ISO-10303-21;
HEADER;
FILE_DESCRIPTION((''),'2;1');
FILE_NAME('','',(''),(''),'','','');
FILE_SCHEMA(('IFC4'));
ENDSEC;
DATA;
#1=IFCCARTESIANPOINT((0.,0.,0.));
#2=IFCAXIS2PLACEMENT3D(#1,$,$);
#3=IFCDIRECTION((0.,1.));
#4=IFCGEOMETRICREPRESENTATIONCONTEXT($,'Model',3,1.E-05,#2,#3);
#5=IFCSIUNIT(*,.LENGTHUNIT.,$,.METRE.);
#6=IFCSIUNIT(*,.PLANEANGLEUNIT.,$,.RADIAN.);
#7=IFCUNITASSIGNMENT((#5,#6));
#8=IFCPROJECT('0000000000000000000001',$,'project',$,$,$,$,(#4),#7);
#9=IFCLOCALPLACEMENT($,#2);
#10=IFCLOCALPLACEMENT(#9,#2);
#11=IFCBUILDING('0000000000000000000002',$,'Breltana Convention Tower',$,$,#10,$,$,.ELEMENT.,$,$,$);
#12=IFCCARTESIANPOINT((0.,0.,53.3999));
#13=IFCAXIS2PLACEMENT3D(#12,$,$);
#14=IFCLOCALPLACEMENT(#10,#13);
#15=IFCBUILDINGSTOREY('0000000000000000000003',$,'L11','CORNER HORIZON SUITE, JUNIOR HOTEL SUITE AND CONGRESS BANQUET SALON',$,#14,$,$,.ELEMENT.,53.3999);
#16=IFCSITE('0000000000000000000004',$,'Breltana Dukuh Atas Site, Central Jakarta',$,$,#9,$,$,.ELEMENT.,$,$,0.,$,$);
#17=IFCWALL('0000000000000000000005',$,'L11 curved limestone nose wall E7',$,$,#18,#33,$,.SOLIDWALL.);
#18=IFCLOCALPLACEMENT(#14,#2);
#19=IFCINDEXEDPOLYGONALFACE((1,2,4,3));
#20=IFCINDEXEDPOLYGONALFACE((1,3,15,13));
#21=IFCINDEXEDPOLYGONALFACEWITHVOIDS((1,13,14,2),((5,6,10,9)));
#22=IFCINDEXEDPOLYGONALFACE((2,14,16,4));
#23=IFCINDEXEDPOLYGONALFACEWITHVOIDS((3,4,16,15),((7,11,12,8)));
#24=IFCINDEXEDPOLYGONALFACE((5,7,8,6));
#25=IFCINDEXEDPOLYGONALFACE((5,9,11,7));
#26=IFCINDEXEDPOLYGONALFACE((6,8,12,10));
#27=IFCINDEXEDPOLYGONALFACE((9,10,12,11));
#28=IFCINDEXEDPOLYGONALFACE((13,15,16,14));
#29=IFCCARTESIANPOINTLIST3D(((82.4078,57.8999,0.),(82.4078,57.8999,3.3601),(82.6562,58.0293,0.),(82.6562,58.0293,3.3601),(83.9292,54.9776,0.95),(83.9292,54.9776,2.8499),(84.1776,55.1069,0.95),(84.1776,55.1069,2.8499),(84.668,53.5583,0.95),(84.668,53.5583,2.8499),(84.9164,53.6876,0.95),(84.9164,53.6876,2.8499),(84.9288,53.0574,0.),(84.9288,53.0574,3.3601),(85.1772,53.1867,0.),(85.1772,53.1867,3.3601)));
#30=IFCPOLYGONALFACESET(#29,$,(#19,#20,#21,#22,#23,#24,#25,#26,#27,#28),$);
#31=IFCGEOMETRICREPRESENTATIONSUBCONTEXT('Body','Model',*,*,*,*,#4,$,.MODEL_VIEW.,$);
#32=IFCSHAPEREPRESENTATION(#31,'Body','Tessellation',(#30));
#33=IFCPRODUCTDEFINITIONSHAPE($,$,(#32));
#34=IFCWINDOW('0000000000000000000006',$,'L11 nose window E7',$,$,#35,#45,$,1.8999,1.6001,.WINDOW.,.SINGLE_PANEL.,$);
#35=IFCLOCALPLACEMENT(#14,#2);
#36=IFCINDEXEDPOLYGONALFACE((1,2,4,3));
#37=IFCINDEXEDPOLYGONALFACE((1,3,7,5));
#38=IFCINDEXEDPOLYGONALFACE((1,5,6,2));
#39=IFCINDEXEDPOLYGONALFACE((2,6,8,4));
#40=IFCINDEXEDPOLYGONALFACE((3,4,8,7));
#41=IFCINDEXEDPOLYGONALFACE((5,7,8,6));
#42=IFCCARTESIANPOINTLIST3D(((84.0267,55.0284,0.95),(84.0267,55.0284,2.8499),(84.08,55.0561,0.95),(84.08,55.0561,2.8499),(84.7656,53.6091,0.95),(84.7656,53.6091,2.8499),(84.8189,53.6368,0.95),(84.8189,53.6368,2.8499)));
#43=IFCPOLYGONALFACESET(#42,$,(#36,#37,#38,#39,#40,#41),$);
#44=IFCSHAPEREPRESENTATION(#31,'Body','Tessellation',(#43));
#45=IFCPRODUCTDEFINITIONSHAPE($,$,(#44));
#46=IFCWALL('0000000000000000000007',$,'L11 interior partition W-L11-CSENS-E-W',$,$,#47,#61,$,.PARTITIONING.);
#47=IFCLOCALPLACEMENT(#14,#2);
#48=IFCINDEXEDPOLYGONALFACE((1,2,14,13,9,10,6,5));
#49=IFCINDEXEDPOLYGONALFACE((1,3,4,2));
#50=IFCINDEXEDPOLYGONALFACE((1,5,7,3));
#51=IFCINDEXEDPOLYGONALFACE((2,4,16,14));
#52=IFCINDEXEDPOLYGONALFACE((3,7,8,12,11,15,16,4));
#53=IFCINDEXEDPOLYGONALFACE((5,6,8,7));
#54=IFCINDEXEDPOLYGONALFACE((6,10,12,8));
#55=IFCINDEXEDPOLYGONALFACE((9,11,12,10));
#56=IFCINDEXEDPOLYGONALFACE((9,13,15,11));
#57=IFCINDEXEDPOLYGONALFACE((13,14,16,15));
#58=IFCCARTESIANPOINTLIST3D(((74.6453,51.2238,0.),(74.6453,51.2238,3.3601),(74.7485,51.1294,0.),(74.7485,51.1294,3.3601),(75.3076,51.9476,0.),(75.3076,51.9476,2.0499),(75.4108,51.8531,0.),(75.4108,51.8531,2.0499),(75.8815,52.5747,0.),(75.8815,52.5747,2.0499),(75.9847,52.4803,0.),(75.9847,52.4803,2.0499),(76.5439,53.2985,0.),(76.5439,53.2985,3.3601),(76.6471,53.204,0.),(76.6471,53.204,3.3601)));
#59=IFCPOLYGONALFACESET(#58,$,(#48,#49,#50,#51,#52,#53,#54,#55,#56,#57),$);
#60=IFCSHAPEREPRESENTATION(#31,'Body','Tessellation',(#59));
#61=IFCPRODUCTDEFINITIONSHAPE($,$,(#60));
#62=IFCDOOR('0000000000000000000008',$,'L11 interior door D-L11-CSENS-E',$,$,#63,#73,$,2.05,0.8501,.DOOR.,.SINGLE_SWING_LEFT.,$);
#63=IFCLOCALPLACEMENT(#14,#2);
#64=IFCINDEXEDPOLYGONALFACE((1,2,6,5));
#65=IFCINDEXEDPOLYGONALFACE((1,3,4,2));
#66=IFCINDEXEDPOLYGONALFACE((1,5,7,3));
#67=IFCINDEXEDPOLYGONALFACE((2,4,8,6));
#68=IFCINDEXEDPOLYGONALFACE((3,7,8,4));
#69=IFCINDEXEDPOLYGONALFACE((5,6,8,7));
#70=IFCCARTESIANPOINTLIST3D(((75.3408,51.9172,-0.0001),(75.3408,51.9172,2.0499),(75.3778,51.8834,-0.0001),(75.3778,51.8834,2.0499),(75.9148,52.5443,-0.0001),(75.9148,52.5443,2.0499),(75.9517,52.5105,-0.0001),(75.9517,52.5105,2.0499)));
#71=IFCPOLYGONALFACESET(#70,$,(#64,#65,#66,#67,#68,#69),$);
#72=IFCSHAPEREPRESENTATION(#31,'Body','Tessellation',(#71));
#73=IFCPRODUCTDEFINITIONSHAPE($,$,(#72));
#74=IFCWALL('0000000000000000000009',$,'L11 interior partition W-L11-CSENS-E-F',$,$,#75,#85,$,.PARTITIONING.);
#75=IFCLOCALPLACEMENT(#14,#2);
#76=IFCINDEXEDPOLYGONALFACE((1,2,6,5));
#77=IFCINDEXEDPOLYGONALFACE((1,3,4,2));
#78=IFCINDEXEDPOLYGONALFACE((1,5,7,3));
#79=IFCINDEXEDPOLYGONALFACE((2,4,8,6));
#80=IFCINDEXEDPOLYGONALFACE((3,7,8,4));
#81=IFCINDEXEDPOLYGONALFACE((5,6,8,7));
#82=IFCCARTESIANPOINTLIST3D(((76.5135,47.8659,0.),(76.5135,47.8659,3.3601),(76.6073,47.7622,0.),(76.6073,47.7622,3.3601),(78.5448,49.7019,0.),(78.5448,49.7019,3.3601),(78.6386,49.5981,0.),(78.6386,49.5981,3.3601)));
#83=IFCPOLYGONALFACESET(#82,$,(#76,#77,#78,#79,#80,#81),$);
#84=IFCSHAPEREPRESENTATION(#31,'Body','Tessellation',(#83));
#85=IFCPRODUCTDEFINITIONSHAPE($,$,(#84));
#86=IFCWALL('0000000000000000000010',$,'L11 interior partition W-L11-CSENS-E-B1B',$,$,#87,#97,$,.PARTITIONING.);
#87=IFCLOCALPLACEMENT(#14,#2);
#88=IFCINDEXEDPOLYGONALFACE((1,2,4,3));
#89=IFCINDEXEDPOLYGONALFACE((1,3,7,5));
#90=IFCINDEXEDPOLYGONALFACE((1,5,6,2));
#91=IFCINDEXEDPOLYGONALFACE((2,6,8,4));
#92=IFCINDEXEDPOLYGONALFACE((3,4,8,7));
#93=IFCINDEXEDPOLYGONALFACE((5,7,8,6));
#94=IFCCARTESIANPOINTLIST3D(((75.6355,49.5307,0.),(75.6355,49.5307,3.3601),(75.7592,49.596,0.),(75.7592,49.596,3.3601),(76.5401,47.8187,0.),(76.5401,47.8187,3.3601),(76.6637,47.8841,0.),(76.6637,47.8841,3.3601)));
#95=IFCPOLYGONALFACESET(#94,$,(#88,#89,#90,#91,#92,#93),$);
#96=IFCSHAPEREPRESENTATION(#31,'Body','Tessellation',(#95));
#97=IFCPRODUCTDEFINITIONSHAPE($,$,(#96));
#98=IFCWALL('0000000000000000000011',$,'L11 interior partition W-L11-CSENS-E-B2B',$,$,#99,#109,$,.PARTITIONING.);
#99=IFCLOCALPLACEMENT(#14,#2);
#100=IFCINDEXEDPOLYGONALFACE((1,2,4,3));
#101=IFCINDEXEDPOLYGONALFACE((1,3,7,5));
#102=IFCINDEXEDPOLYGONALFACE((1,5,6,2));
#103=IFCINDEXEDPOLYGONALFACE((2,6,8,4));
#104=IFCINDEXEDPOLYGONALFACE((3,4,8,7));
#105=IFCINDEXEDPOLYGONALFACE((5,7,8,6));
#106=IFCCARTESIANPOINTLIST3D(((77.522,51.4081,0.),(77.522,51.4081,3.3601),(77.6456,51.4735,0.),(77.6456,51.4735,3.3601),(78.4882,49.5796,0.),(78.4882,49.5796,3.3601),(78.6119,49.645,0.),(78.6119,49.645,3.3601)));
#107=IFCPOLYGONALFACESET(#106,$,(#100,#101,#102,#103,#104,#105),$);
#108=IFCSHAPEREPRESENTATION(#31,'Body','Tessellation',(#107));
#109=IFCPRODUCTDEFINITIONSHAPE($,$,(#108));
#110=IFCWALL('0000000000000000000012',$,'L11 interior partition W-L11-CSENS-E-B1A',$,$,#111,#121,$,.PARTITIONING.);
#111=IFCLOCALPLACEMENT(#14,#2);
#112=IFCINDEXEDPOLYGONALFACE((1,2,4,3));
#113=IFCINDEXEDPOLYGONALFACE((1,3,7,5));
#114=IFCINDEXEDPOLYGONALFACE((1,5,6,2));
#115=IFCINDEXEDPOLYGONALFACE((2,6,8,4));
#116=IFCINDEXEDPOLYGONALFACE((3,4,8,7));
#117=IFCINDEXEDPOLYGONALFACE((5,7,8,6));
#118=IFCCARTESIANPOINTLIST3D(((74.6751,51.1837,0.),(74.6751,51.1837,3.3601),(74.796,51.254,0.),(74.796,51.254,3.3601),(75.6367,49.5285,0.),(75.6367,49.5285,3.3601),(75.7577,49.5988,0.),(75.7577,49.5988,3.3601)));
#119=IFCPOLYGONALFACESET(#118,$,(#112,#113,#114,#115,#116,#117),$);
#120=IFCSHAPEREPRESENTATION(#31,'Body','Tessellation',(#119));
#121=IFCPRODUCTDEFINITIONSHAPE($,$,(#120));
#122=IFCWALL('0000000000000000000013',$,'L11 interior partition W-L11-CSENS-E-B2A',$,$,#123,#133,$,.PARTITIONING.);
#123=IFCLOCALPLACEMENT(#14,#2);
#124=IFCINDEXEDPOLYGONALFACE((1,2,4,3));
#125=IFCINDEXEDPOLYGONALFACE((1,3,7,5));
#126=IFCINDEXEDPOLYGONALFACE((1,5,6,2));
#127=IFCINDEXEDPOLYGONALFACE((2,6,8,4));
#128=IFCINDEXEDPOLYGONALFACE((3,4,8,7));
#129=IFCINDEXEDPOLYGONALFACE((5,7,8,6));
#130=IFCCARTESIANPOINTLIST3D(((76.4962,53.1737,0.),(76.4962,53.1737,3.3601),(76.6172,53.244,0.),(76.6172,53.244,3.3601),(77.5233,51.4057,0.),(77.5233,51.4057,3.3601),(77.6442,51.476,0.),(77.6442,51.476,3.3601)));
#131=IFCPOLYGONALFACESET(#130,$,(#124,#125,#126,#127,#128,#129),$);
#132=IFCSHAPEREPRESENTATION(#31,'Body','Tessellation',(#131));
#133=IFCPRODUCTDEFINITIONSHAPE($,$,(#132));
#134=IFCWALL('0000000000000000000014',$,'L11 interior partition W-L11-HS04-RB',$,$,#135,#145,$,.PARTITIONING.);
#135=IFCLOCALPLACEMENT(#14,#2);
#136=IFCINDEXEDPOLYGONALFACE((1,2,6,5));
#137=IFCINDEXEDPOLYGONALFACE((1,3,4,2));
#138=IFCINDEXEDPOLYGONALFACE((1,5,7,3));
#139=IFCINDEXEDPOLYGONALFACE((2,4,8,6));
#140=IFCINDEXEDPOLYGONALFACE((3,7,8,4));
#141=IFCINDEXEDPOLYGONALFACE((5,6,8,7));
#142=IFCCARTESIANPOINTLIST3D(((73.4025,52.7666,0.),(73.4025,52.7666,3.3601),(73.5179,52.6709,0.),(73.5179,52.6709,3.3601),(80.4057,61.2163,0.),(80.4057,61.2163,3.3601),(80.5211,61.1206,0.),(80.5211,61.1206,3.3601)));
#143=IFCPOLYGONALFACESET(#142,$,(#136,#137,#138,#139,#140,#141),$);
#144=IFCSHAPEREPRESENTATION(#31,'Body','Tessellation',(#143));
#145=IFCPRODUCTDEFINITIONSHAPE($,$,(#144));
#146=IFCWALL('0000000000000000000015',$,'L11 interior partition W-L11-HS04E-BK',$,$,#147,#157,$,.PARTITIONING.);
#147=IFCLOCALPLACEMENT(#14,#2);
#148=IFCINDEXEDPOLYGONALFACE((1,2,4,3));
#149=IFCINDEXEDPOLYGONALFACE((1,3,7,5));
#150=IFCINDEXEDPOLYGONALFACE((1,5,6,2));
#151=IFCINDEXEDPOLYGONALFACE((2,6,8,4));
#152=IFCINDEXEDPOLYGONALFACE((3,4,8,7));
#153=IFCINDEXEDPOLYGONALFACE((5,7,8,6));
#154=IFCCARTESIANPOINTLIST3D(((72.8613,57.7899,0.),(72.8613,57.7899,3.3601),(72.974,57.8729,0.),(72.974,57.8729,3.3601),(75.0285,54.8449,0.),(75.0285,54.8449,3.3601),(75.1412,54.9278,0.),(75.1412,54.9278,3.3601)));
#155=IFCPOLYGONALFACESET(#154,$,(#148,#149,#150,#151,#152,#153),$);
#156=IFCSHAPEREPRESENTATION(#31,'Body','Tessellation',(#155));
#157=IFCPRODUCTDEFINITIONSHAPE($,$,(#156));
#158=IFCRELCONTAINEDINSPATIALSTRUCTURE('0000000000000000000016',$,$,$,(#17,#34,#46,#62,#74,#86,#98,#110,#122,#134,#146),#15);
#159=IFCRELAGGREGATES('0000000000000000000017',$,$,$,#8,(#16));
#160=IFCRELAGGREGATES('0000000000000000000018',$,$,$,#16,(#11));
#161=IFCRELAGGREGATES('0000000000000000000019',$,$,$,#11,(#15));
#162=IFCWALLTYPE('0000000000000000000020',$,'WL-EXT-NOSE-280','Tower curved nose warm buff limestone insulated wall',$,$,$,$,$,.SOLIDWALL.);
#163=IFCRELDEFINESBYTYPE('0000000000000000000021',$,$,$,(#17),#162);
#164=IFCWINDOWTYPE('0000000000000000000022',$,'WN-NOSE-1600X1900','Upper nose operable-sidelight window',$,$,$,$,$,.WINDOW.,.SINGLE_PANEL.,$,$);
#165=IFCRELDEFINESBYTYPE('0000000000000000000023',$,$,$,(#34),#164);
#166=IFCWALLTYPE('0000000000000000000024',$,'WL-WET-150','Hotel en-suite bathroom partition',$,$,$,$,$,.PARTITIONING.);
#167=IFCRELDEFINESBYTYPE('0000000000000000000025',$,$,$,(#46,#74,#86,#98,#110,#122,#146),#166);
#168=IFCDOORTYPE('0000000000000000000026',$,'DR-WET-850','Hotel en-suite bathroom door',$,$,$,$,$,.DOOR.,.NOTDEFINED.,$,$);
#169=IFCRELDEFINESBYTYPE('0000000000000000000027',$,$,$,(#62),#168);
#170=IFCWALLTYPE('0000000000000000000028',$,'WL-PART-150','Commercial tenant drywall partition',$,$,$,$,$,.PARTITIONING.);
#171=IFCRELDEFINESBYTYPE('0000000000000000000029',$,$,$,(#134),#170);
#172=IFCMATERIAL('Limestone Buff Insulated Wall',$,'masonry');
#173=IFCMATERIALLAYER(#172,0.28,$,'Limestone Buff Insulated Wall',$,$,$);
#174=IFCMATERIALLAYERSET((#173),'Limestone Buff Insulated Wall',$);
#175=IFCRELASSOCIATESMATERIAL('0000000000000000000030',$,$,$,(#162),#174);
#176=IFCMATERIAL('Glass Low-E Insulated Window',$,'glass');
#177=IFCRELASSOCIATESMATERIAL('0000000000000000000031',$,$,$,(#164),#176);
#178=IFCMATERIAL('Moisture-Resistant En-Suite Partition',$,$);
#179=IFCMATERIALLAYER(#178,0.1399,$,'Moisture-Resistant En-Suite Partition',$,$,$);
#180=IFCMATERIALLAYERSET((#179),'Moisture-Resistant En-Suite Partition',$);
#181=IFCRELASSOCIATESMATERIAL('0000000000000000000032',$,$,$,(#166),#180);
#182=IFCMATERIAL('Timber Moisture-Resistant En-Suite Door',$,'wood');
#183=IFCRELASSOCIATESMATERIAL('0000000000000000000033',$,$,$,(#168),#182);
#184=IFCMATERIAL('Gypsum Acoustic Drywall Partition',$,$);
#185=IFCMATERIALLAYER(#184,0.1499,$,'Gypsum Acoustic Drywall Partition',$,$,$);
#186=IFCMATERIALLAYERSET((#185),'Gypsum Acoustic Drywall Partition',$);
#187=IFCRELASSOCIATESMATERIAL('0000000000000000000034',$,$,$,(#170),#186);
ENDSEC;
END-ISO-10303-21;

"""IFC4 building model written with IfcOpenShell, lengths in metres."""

from ifc_helpers import new_model, si_unit, direction, frame, frame_2d, origin, place, context, subcontext, project, spatial, rectangle, extrude, source, transform, mapped, material, layer, layer_set, type_object, type_shapes, element, fill, save


model = new_model("IFC4")

# Units and contexts
model_context = context("Model", 3, precision=1e-05, world=origin(), true_north=direction((0.0, 1.0)))
body_context = subcontext(model_context, "Body", "Model", "MODEL_VIEW")
ifc_project = project(units=[si_unit("LENGTHUNIT", "METRE"), si_unit("PLANEANGLEUNIT", "RADIAN")], contexts=[model_context])

# Site, building, storey
site_placement = place(None, origin())
site = spatial("IfcSite", under=ifc_project, at=site_placement, Name="Breltana Dukuh Atas Site, Central Jakarta", CompositionType="ELEMENT", RefElevation=0.0)
building_placement = place(site_placement, origin())
building = spatial("IfcBuilding", under=site, at=building_placement, Name="Breltana Convention Tower", CompositionType="ELEMENT")
storey_placement = place(building_placement, frame((0.0, 0.0, 53.3999)))
storey = spatial("IfcBuildingStorey", under=building, at=storey_placement, Name="L11", Description="CORNER HORIZON SUITE, JUNIOR HOTEL SUITE AND CONGRESS BANQUET SALON", CompositionType="ELEMENT", Elevation=53.3999)

# Wall, opening, window
ifc_material_1 = material(Name="Limestone Buff Insulated Wall", Category="masonry")
ifc_layer_1 = layer(ifc_material_1, 0.28, Name="Limestone Buff Insulated Wall")
ifc_layer_set_1 = layer_set([ifc_layer_1], Name="Limestone Buff Insulated Wall")
wall_type_1 = type_object("IfcWallType", Name="WL-EXT-NOSE-280", Description="Tower curved nose warm buff limestone insulated wall", PredefinedType="SOLIDWALL", material=ifc_layer_set_1)
ifc_material_2 = material(Name="Glass Low-E Insulated Window", Category="glass")
window_type = type_object("IfcWindowType", Name="WN-NOSE-1600X1900", Description="Upper nose operable-sidelight window", PartitioningType="SINGLE_PANEL", PredefinedType="WINDOW", material=ifc_material_2)
shared_shape_1 = source(origin(), body_context, "Body", "SweptSolid", [
    extrude(rectangle(XDim=1.6001, YDim=1.8999, at=frame_2d((0.8, 0.95))), frame((0.0, 0.03, 0.0), z_axis=(0.0, -1.0, 0.0), x_axis=(1.0, 0.0, 0.0)), (0.0, 0.0, 1.0), 0.0601),
])
type_shapes(window_type, [shared_shape_1])
shared_shape_2 = source(origin(), body_context, "Body", "SweptSolid", [
    extrude(rectangle(XDim=5.4595, YDim=0.28, at=frame_2d((2.7297, 0.0))), origin(), (0.0, 0.0, 1.0), 3.3601),
])
wall_1_placement = place(storey_placement, frame((82.532, 57.9646, 0.0), z_axis=(0.0, 0.0, 1.0), x_axis=(0.461768, -0.887001, 0.0)))
wall_1 = element("IfcWall", 1, at=wall_1_placement, inside=storey, type_object=wall_type_1, Name="L11 curved limestone nose wall E7", PredefinedType="SOLIDWALL", context=body_context, shape_type="MappedRepresentation", body=[
    mapped(shared_shape_2, transform((0.0, 0.0, 0.0), scale=1.0)),
])
opening_1_placement = place(wall_1_placement, frame((3.2947, 0.0, 0.95)))
opening_1 = element("IfcOpeningElement", 2, at=opening_1_placement, cuts=wall_1, PredefinedType="OPENING", context=body_context, shape_type="SweptSolid", body=[
    extrude(rectangle(XDim=1.6001, YDim=1.8999, at=frame_2d((0.8, 0.95))), frame((0.0, 0.1499, 0.0), z_axis=(0.0, -1.0, 0.0), x_axis=(1.0, 0.0, 0.0)), (0.0, 0.0, 1.0), 0.3),
])
window_1_placement = place(opening_1_placement, origin())
window_1 = element("IfcWindow", 3, at=window_1_placement, inside=storey, type_object=window_type, Name="L11 nose window E7", OverallHeight=1.8999, OverallWidth=1.6001, PartitioningType="SINGLE_PANEL", PredefinedType="WINDOW", context=body_context, shape_type="MappedRepresentation", body=[
    mapped(shared_shape_1, transform((0.0, 0.0, 0.0), scale=1.0)),
])
fill(opening_1, window_1)

# Wall, opening, door
ifc_material_3 = material(Name="Moisture-Resistant En-Suite Partition")
ifc_layer_2 = layer(ifc_material_3, 0.1399, Name="Moisture-Resistant En-Suite Partition")
ifc_layer_set_2 = layer_set([ifc_layer_2], Name="Moisture-Resistant En-Suite Partition")
wall_type_2 = type_object("IfcWallType", Name="WL-WET-150", Description="Hotel en-suite bathroom partition", PredefinedType="PARTITIONING", material=ifc_layer_set_2)
shared_shape_3 = source(origin(), body_context, "Body", "SweptSolid", [
    extrude(rectangle(XDim=2.8123, YDim=0.1399, at=frame_2d((1.4062, 0.0))), origin(), (0.0, 0.0, 1.0), 3.3601),
])
wall_2_placement = place(storey_placement, frame((74.6968, 51.1765, 0.0), z_axis=(0.0, 0.0, 1.0), x_axis=(0.675119, 0.737709, 0.0)))
wall_2 = element("IfcWall", 4, at=wall_2_placement, inside=storey, type_object=wall_type_2, Name="L11 interior partition W-L11-CSENS-E-W", PredefinedType="PARTITIONING", context=body_context, shape_type="MappedRepresentation", body=[
    mapped(shared_shape_3, transform((0.0, 0.0, 0.0), scale=1.0)),
])
opening_2_placement = place(wall_2_placement, frame((0.9812, 0.0, 0.0)))
opening_2 = element("IfcOpeningElement", 5, at=opening_2_placement, cuts=wall_2, PredefinedType="OPENING", context=body_context, shape_type="SweptSolid", body=[
    extrude(rectangle(XDim=0.8501, YDim=2.05, at=frame_2d((0.425, 1.0249))), frame((0.0, 0.0801, 0.0), z_axis=(0.0, -1.0, 0.0), x_axis=(1.0, 0.0, 0.0)), (0.0, 0.0, 1.0), 0.1599),
])
ifc_material_4 = material(Name="Timber Moisture-Resistant En-Suite Door", Category="wood")
door_type_1 = type_object("IfcDoorType", Name="DR-WET-850", Description="Hotel en-suite bathroom door", OperationType="NOTDEFINED", PredefinedType="DOOR", material=ifc_material_4)
shared_shape_4 = source(origin(), body_context, "Body", "SweptSolid", [
    extrude(rectangle(XDim=0.8501, YDim=2.05, at=frame_2d((0.425, 1.0249))), frame((0.0, 0.0249, 0.0), z_axis=(0.0, -1.0, 0.0), x_axis=(1.0, 0.0, 0.0)), (0.0, 0.0, 1.0), 0.05),
])
type_shapes(door_type_1, [shared_shape_4])
door_1_placement = place(opening_2_placement, origin())
door_1 = element("IfcDoor", 6, at=door_1_placement, inside=storey, type_object=door_type_1, Name="L11 interior door D-L11-CSENS-E", OperationType="SINGLE_SWING_LEFT", OverallHeight=2.05, OverallWidth=0.8501, PredefinedType="DOOR", context=body_context, shape_type="MappedRepresentation", body=[
    mapped(shared_shape_4, transform((0.0, 0.0, 0.0), scale=1.0)),
])
fill(opening_2, door_1)

# Walls
shared_shape_5 = source(origin(), body_context, "Body", "SweptSolid", [
    extrude(rectangle(XDim=2.738, YDim=0.1399, at=frame_2d((1.3691, 0.0))), origin(), (0.0, 0.0, 1.0), 3.3601),
])
wall_3_placement = place(storey_placement, frame((76.5603, 47.814, 0.0), z_axis=(0.0, 0.0, 1.0), x_axis=(0.741874, 0.67054, 0.0)))
element("IfcWall", 7, at=wall_3_placement, inside=storey, type_object=wall_type_2, Name="L11 interior partition W-L11-CSENS-E-F", PredefinedType="PARTITIONING", context=body_context, shape_type="MappedRepresentation", body=[
    mapped(shared_shape_5, transform((0.0, 0.0, 0.0), scale=1.0)),
])
shared_shape_6 = source(origin(), body_context, "Body", "SweptSolid", [
    extrude(rectangle(XDim=1.9363, YDim=0.1399, at=frame_2d((0.9683, 0.0))), origin(), (0.0, 0.0, 1.0), 3.3601),
])
wall_4_placement = place(storey_placement, frame((75.6973, 49.5635, 0.0), z_axis=(0.0, 0.0, 1.0), x_axis=(0.467175, -0.884165, 0.0)))
element("IfcWall", 8, at=wall_4_placement, inside=storey, type_object=wall_type_2, Name="L11 interior partition W-L11-CSENS-E-B1B", PredefinedType="PARTITIONING", context=body_context, shape_type="MappedRepresentation", body=[
    mapped(shared_shape_6, transform((0.0, 0.0, 0.0), scale=1.0)),
])
shared_shape_7 = source(origin(), body_context, "Body", "SweptSolid", [
    extrude(rectangle(XDim=2.0681, YDim=0.1399, at=frame_2d((1.0342, 0.0))), origin(), (0.0, 0.0, 1.0), 3.3601),
])
wall_5_placement = place(storey_placement, frame((77.5837, 51.4409, 0.0), z_axis=(0.0, 0.0, 1.0), x_axis=(0.467215, -0.884144, 0.0)))
element("IfcWall", 9, at=wall_5_placement, inside=storey, type_object=wall_type_2, Name="L11 interior partition W-L11-CSENS-E-B2B", PredefinedType="PARTITIONING", context=body_context, shape_type="MappedRepresentation", body=[
    mapped(shared_shape_7, transform((0.0, 0.0, 0.0), scale=1.0)),
])
shared_shape_8 = source(origin(), body_context, "Body", "SweptSolid", [
    extrude(rectangle(XDim=1.9143, YDim=0.1399, at=frame_2d((0.957, 0.0))), origin(), (0.0, 0.0, 1.0), 3.3601),
])
wall_6_placement = place(storey_placement, frame((74.7356, 51.2188, 0.0), z_axis=(0.0, 0.0, 1.0), x_axis=(0.502348, -0.864666, 0.0)))
element("IfcWall", 10, at=wall_6_placement, inside=storey, type_object=wall_type_2, Name="L11 interior partition W-L11-CSENS-E-B1A", PredefinedType="PARTITIONING", context=body_context, shape_type="MappedRepresentation", body=[
    mapped(shared_shape_8, transform((0.0, 0.0, 0.0), scale=1.0)),
])
shared_shape_9 = source(origin(), body_context, "Body", "SweptSolid", [
    extrude(rectangle(XDim=2.0447, YDim=0.1399, at=frame_2d((1.0225, 0.0))), origin(), (0.0, 0.0, 1.0), 3.3601),
])
wall_7_placement = place(storey_placement, frame((76.5566, 53.209, 0.0), z_axis=(0.0, 0.0, 1.0), x_axis=(0.502311, -0.864687, 0.0)))
element("IfcWall", 11, at=wall_7_placement, inside=storey, type_object=wall_type_2, Name="L11 interior partition W-L11-CSENS-E-B2A", PredefinedType="PARTITIONING", context=body_context, shape_type="MappedRepresentation", body=[
    mapped(shared_shape_9, transform((0.0, 0.0, 0.0), scale=1.0)),
])
ifc_material_5 = material(Name="Gypsum Acoustic Drywall Partition")
ifc_layer_3 = layer(ifc_material_5, 0.1499, Name="Gypsum Acoustic Drywall Partition")
ifc_layer_set_3 = layer_set([ifc_layer_3], Name="Gypsum Acoustic Drywall Partition")
wall_type_3 = type_object("IfcWallType", Name="WL-PART-150", Description="Commercial tenant drywall partition", PredefinedType="PARTITIONING", material=ifc_layer_set_3)
shared_shape_10 = source(origin(), body_context, "Body", "SweptSolid", [
    extrude(rectangle(XDim=10.9746, YDim=0.1499, at=frame_2d((5.4873, 0.0))), origin(), (0.0, 0.0, 1.0), 3.3601),
])
wall_8_placement = place(storey_placement, frame((73.4602, 52.7188, 0.0), z_axis=(0.0, 0.0, 1.0), x_axis=(0.638125, 0.769933, 0.0)))
element("IfcWall", 12, at=wall_8_placement, inside=storey, type_object=wall_type_3, Name="L11 interior partition W-L11-HS04-RB", PredefinedType="PARTITIONING", context=body_context, shape_type="MappedRepresentation", body=[
    mapped(shared_shape_10, transform((0.0, 0.0, 0.0), scale=1.0)),
])
shared_shape_11 = source(origin(), body_context, "Body", "SweptSolid", [
    extrude(rectangle(XDim=3.6565, YDim=0.1399, at=frame_2d((1.8281, 0.0))), origin(), (0.0, 0.0, 1.0), 3.3601),
])
wall_9_placement = place(storey_placement, frame((72.9177, 57.8313, 0.0), z_axis=(0.0, 0.0, 1.0), x_axis=(0.5927, -0.805423, 0.0)))
element("IfcWall", 13, at=wall_9_placement, inside=storey, type_object=wall_type_2, Name="L11 interior partition W-L11-HS04E-BK", PredefinedType="PARTITIONING", context=body_context, shape_type="MappedRepresentation", body=[
    mapped(shared_shape_11, transform((0.0, 0.0, 0.0), scale=1.0)),
])

save(model, "model.ifc")
